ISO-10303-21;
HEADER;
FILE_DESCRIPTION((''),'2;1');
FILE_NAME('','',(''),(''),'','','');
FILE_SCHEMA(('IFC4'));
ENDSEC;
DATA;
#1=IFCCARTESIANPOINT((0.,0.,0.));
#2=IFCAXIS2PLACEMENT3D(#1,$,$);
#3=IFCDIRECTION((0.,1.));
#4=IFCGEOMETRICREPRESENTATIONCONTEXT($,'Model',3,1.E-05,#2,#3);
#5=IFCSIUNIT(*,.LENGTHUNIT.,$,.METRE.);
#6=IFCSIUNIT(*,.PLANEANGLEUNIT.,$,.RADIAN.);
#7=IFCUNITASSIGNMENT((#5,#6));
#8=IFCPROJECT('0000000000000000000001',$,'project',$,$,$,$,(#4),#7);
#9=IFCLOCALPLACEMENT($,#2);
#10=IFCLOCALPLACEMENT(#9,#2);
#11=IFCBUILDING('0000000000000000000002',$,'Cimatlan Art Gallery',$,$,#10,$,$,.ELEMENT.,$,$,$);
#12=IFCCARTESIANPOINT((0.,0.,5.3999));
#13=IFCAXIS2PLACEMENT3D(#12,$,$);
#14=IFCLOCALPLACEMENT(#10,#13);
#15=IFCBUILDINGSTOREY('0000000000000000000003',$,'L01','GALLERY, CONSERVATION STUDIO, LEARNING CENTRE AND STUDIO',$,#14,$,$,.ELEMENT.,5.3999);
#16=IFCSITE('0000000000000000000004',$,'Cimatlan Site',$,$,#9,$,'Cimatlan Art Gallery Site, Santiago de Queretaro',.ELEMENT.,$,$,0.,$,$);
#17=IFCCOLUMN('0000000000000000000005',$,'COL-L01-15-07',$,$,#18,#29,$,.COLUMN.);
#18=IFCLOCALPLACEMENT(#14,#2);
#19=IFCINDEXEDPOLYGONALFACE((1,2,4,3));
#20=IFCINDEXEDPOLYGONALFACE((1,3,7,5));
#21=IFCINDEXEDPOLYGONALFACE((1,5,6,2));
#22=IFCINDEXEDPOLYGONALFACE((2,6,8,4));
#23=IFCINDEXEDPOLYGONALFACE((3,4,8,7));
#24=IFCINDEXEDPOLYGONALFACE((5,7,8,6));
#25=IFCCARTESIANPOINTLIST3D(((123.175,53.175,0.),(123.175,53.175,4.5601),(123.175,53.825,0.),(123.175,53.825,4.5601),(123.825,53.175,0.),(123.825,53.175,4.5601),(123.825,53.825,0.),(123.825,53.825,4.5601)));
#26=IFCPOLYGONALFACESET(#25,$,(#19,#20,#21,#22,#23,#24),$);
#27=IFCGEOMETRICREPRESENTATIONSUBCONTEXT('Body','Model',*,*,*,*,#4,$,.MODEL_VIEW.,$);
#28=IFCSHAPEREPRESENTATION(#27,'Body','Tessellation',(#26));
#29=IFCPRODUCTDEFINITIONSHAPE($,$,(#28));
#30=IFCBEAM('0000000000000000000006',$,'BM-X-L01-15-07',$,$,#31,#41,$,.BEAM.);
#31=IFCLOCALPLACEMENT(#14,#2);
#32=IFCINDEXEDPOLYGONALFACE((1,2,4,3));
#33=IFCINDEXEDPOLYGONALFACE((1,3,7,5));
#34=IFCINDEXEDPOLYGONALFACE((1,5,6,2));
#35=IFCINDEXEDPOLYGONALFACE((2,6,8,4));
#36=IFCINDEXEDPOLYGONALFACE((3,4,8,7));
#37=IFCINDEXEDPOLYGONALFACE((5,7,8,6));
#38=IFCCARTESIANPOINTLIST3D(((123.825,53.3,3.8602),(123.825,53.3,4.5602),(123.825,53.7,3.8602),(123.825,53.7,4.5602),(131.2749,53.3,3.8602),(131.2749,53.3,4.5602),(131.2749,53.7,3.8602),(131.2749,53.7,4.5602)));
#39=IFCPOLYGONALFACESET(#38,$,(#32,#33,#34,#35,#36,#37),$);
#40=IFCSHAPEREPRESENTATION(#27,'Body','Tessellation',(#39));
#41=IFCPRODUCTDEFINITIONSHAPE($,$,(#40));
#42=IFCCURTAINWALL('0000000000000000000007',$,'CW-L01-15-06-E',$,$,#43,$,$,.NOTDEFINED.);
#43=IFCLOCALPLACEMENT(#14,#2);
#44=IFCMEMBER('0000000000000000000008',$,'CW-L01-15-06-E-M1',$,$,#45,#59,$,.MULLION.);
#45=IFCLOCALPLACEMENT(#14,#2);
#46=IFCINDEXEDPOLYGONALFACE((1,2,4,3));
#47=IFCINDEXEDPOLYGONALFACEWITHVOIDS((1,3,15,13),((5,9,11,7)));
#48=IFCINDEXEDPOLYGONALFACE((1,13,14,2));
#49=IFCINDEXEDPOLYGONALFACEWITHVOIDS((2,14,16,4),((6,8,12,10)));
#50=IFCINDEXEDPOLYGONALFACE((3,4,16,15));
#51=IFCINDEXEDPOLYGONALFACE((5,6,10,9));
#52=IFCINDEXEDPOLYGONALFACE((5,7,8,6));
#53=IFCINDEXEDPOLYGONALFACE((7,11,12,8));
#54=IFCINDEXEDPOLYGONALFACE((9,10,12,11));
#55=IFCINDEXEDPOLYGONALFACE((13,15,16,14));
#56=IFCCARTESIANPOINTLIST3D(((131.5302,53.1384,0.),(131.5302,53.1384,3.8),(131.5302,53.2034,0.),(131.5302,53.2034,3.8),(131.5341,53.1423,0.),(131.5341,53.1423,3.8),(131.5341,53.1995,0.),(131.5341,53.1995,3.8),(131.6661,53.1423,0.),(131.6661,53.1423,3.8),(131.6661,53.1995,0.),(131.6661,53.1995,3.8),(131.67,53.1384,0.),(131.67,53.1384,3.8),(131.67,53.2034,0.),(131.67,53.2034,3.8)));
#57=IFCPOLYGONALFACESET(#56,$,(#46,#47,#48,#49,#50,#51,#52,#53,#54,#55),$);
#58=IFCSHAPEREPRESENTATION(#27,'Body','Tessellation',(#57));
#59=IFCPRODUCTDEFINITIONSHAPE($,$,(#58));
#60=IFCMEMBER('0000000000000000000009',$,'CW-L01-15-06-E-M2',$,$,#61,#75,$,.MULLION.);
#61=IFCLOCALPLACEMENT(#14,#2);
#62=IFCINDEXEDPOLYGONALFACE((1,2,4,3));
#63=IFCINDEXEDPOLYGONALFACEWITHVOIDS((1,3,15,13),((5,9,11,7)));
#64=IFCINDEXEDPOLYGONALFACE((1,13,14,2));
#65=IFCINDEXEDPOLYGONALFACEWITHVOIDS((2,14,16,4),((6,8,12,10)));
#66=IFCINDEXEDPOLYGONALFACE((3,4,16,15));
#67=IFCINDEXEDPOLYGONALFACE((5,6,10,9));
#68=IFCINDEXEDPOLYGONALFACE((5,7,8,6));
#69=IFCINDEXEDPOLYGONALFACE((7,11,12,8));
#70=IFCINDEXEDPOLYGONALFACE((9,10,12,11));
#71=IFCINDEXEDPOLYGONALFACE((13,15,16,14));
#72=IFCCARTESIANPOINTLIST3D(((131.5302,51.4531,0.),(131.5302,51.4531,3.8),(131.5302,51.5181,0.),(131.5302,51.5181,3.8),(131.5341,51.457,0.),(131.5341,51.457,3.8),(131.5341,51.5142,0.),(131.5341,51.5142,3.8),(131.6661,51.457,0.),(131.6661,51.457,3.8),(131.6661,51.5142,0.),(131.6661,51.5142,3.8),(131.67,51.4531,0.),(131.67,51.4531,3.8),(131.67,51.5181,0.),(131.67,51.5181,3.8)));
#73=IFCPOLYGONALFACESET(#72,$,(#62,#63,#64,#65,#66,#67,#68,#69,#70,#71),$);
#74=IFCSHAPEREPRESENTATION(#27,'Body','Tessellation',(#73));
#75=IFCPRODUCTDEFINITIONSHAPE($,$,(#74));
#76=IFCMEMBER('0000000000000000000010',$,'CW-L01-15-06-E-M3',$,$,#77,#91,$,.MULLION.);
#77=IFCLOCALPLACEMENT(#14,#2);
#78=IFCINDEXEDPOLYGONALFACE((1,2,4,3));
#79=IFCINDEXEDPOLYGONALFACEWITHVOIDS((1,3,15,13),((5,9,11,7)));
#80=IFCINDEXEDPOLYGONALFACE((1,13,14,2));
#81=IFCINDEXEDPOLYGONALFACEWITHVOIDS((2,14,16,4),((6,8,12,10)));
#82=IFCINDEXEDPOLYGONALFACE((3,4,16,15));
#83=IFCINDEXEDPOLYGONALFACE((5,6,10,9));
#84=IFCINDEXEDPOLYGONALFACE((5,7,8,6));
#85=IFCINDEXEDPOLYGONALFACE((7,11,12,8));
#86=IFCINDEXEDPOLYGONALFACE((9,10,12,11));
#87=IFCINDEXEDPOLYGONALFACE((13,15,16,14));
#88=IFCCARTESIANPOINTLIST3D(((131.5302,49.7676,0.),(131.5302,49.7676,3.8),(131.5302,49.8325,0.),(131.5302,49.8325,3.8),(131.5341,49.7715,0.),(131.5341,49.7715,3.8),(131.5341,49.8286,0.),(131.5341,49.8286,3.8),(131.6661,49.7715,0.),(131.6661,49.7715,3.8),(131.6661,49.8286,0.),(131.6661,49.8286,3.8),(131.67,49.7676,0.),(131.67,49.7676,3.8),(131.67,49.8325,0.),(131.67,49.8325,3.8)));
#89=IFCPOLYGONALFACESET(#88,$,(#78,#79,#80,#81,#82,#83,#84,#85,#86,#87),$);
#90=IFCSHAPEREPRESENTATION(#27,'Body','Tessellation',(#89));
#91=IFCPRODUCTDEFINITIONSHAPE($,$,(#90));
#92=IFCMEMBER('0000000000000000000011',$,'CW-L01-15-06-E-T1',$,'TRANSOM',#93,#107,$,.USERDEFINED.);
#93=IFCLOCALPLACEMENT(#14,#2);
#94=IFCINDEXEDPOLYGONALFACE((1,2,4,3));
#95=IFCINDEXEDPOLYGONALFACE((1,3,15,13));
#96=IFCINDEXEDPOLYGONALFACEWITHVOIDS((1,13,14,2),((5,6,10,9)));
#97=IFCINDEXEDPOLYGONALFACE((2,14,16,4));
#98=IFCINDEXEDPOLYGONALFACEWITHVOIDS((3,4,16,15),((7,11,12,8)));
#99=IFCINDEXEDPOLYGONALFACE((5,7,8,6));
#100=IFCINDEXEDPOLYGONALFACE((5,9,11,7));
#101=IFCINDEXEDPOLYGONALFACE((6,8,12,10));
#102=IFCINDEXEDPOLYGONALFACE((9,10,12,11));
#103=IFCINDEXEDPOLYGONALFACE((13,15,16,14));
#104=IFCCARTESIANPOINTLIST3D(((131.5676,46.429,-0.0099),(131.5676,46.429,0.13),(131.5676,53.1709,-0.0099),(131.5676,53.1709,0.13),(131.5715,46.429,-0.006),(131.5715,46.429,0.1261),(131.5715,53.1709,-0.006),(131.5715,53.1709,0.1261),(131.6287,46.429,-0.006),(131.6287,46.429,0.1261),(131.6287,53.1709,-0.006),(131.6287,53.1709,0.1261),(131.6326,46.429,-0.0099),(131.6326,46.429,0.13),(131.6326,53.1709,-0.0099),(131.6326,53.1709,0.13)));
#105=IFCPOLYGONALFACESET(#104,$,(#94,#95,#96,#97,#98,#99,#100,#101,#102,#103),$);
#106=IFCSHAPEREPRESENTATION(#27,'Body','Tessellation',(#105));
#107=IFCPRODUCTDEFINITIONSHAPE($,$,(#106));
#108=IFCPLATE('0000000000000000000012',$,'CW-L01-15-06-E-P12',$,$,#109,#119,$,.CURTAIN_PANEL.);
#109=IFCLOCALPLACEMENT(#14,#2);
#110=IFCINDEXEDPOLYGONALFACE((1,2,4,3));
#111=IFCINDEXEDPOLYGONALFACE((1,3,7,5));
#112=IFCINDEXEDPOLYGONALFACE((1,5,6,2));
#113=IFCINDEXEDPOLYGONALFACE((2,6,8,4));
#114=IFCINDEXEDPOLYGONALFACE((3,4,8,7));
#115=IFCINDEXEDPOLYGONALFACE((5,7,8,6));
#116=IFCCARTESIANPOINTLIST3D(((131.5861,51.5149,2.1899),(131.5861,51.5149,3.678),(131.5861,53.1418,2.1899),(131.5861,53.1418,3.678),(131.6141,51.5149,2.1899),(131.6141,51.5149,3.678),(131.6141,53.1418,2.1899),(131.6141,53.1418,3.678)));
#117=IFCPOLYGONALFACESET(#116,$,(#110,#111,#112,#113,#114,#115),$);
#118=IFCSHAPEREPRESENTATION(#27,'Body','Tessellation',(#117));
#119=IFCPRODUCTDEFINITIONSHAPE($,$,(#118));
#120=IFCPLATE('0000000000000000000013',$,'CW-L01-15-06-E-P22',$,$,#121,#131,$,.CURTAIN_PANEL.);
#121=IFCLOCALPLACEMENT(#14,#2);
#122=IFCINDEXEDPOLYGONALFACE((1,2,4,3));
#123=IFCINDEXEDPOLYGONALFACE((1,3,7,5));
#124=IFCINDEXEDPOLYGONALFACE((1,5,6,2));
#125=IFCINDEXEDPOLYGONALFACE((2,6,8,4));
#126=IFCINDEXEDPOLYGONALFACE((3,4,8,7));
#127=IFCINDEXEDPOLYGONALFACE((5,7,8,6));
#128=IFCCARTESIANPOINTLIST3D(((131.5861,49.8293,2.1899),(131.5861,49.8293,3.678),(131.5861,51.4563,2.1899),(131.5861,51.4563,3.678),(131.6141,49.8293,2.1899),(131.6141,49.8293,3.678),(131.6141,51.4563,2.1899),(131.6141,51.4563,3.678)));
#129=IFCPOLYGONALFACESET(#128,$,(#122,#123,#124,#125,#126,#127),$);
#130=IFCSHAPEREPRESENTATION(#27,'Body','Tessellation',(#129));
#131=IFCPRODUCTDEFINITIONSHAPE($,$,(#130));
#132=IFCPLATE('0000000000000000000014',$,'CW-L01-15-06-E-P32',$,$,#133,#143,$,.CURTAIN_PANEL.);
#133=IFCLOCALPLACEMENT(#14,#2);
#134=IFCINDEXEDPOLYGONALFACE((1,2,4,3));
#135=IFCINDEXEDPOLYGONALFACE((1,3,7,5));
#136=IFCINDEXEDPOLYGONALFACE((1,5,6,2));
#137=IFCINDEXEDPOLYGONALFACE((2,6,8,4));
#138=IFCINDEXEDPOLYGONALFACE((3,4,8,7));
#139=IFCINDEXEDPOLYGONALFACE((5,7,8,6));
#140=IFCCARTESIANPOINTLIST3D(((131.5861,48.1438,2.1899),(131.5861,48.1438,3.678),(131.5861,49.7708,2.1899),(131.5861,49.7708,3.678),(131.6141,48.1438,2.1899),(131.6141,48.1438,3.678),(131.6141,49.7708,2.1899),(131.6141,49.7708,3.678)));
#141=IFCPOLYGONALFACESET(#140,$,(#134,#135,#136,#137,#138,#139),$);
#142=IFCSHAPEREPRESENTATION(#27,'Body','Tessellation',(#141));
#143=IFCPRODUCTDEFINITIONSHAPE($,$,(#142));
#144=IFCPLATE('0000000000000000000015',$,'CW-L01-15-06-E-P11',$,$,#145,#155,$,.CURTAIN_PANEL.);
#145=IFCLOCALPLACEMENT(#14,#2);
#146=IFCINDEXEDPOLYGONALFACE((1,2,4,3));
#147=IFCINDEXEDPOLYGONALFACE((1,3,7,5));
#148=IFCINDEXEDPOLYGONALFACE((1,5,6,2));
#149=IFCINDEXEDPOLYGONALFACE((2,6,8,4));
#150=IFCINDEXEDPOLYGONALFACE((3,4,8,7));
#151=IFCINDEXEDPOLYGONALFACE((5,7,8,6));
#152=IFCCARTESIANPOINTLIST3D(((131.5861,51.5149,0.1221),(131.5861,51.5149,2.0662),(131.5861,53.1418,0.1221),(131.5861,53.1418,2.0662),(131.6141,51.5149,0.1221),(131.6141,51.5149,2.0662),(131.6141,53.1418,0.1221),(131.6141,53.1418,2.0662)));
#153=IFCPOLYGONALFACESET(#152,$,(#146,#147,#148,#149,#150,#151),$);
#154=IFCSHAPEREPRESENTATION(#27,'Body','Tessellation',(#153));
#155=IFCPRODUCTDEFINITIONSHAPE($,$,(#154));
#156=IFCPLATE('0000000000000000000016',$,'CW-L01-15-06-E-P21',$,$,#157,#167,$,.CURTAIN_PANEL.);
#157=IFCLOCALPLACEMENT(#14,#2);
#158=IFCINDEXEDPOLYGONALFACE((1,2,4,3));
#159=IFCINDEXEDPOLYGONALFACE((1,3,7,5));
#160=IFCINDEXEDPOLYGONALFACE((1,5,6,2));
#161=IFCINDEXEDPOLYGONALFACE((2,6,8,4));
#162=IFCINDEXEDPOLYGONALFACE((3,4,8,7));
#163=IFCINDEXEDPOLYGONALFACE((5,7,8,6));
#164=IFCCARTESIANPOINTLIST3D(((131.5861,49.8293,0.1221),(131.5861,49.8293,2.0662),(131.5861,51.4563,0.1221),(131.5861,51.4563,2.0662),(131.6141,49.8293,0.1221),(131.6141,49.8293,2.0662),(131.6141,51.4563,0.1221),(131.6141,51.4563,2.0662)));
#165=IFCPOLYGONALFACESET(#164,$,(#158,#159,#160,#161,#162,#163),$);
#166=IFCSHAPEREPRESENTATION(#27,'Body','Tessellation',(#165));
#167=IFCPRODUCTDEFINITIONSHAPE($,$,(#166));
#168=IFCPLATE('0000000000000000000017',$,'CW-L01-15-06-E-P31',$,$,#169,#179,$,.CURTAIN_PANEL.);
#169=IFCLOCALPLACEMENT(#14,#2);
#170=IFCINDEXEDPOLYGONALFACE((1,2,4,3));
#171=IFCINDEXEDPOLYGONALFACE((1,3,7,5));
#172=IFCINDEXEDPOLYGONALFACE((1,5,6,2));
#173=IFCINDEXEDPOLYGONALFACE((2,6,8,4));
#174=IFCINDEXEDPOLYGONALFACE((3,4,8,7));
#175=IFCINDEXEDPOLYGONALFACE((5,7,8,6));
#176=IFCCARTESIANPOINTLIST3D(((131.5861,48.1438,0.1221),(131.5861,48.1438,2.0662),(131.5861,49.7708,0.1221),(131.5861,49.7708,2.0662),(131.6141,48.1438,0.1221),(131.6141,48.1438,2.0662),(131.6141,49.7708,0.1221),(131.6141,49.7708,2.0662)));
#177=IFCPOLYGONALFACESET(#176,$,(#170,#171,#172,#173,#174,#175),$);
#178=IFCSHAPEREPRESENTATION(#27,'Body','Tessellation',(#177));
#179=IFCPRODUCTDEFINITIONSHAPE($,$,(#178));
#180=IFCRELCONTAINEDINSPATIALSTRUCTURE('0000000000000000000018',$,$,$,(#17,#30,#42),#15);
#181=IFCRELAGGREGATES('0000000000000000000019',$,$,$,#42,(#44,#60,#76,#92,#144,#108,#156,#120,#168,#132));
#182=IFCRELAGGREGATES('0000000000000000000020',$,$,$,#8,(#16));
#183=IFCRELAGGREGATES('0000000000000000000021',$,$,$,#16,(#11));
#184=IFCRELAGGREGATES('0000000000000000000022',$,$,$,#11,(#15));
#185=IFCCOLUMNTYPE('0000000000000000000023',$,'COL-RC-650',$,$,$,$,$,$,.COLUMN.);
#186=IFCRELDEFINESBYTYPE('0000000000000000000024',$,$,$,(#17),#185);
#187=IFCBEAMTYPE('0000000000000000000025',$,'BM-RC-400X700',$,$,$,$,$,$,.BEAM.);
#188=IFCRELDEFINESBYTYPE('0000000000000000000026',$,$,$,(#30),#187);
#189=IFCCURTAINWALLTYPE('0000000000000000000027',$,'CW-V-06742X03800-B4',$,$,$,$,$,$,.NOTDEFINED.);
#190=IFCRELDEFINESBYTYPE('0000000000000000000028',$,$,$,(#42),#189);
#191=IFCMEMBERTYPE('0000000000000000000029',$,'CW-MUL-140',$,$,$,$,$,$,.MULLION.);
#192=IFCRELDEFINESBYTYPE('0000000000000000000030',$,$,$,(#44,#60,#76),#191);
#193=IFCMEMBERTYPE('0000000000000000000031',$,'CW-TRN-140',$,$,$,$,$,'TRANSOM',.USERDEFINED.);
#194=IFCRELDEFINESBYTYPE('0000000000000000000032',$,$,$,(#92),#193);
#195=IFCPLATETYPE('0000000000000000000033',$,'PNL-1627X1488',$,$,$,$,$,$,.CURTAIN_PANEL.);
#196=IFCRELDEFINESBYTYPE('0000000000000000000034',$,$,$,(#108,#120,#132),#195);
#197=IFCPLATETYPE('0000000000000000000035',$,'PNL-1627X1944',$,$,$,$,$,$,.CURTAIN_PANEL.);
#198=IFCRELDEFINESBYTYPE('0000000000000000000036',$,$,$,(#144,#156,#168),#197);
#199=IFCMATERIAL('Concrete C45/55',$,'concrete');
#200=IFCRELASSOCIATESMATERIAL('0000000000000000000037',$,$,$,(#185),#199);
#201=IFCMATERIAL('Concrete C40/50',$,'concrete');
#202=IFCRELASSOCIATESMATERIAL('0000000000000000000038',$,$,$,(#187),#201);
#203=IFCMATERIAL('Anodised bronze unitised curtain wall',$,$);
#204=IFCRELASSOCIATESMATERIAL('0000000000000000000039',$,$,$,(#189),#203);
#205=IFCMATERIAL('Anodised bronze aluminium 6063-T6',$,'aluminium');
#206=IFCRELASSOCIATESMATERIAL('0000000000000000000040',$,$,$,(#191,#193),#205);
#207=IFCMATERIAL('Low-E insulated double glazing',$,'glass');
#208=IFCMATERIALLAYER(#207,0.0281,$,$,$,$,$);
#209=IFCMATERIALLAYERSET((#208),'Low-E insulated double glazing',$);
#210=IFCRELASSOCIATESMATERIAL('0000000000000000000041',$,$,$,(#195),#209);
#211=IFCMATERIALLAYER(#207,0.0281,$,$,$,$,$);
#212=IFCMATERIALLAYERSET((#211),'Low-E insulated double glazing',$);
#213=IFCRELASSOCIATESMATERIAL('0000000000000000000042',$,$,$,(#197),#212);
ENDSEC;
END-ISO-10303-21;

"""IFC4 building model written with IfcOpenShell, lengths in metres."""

from ifc_helpers import new_model, si_unit, direction, frame, origin, origin_2d, place, context, subcontext, project, spatial, rectangle, hollow_rectangle, extrude, material, layer, layer_set, material_profile, profile_set, type_object, element, aggregate, save


model = new_model("IFC4")

# Units and contexts
model_context = context("Model", 3, precision=1e-05, world=origin(), true_north=direction((0.0, 1.0)))
body_context = subcontext(model_context, "Body", "Model", "MODEL_VIEW")
ifc_project = project(units=[si_unit("LENGTHUNIT", "METRE"), si_unit("PLANEANGLEUNIT", "RADIAN")], contexts=[model_context])

# Site, building, storey
site_placement = place(None, origin())
site = spatial("IfcSite", under=ifc_project, at=site_placement, Name="Cimatlan Site", LongName="Cimatlan Art Gallery Site, Santiago de Queretaro", CompositionType="ELEMENT", RefElevation=0.0)
building_placement = place(site_placement, origin())
building = spatial("IfcBuilding", under=site, at=building_placement, Name="Cimatlan Art Gallery", CompositionType="ELEMENT")
storey_placement = place(building_placement, frame((0.0, 0.0, 5.3999)))
storey = spatial("IfcBuildingStorey", under=building, at=storey_placement, Name="L01", Description="GALLERY, CONSERVATION STUDIO, LEARNING CENTRE AND STUDIO", CompositionType="ELEMENT", Elevation=5.3999)

# Column
ifc_material_1 = material(Name="Concrete C45/55", Category="concrete")
ifc_material_profile_1 = material_profile(ifc_material_1, rectangle(XDim=0.6499, YDim=0.6499, at=origin_2d()), Name="RC650X650")
ifc_profile_set_1 = profile_set([ifc_material_profile_1], Name="Concrete C45/55")
column_type = type_object("IfcColumnType", Name="COL-RC-650", PredefinedType="COLUMN", material=ifc_profile_set_1)
column_placement = place(storey_placement, frame((123.5, 53.5, 0.0), z_axis=(0.0, 0.0, 1.0), x_axis=(1.0, 0.0, 0.0)))
element("IfcColumn", 1, at=column_placement, inside=storey, type_object=column_type, Name="COL-L01-15-07", PredefinedType="COLUMN", context=body_context, shape_type="SweptSolid", body=[
    extrude(rectangle(XDim=0.6499, YDim=0.6499, at=origin_2d()), origin(), (0.0, 0.0, 1.0), 4.5601),
])

# Beam
ifc_material_2 = material(Name="Concrete C40/50", Category="concrete")
ifc_material_profile_2 = material_profile(ifc_material_2, rectangle(XDim=0.3999, YDim=0.7, at=origin_2d()), Name="RC400X700")
ifc_profile_set_2 = profile_set([ifc_material_profile_2], Name="Concrete C40/50")
beam_type = type_object("IfcBeamType", Name="BM-RC-400X700", PredefinedType="BEAM", material=ifc_profile_set_2)
beam_placement = place(storey_placement, frame((123.825, 53.5, 4.2102), z_axis=(1.0, 0.0, 0.0), x_axis=(0.0, 1.0, 0.0)))
element("IfcBeam", 2, at=beam_placement, inside=storey, type_object=beam_type, Name="BM-X-L01-15-07", PredefinedType="BEAM", context=body_context, shape_type="SweptSolid", body=[
    extrude(rectangle(XDim=0.3999, YDim=0.7, at=origin_2d()), origin(), (0.0, 0.0, 1.0), 7.45),
])

# Curtain wall, members, plates
ifc_material_3 = material(Name="Anodised bronze unitised curtain wall")
curtain_wall_type = type_object("IfcCurtainWallType", Name="CW-V-06742X03800-B4", PredefinedType="NOTDEFINED", material=ifc_material_3)
curtain_wall_placement = place(storey_placement, origin())
curtain_wall = element("IfcCurtainWall", 3, at=curtain_wall_placement, inside=storey, type_object=curtain_wall_type, Name="CW-L01-15-06-E", PredefinedType="NOTDEFINED")
ifc_material_4 = material(Name="Anodised bronze aluminium 6063-T6", Category="aluminium")
ifc_material_profile_3 = material_profile(ifc_material_4, hollow_rectangle(XDim=0.0649, YDim=0.1399, WallThickness=0.0039, at=origin_2d()), Name="ALU65X140X4")
ifc_profile_set_3 = profile_set([ifc_material_profile_3], Name="Anodised bronze aluminium 6063-T6")
member_type_1 = type_object("IfcMemberType", Name="CW-MUL-140", PredefinedType="MULLION", material=ifc_profile_set_3)
member_1_placement = place(storey_placement, frame((131.6001, 53.1709, 0.0), z_axis=(0.0, 0.0, 1.0), x_axis=(0.0, 1.0, 0.0)))
member_1 = element("IfcMember", 4, at=member_1_placement, type_object=member_type_1, Name="CW-L01-15-06-E-M1", PredefinedType="MULLION", context=body_context, shape_type="SweptSolid", body=[
    extrude(hollow_rectangle(XDim=0.0649, YDim=0.1399, WallThickness=0.0039, at=origin_2d()), origin(), (0.0, 0.0, 1.0), 3.8),
])
member_2_placement = place(storey_placement, frame((131.6001, 51.4856, 0.0), z_axis=(0.0, 0.0, 1.0), x_axis=(0.0, 1.0, 0.0)))
member_2 = element("IfcMember", 5, at=member_2_placement, type_object=member_type_1, Name="CW-L01-15-06-E-M2", PredefinedType="MULLION", context=body_context, shape_type="SweptSolid", body=[
    extrude(hollow_rectangle(XDim=0.0649, YDim=0.1399, WallThickness=0.0039, at=origin_2d()), origin(), (0.0, 0.0, 1.0), 3.8),
])
member_3_placement = place(storey_placement, frame((131.6001, 49.8, 0.0), z_axis=(0.0, 0.0, 1.0), x_axis=(0.0, 1.0, 0.0)))
member_3 = element("IfcMember", 6, at=member_3_placement, type_object=member_type_1, Name="CW-L01-15-06-E-M3", PredefinedType="MULLION", context=body_context, shape_type="SweptSolid", body=[
    extrude(hollow_rectangle(XDim=0.0649, YDim=0.1399, WallThickness=0.0039, at=origin_2d()), origin(), (0.0, 0.0, 1.0), 3.8),
])
ifc_material_profile_4 = material_profile(ifc_material_4, hollow_rectangle(XDim=0.0649, YDim=0.1399, WallThickness=0.0039, at=origin_2d()), Name="ALU65X140X4")
ifc_profile_set_4 = profile_set([ifc_material_profile_4], Name="Anodised bronze aluminium 6063-T6")
member_type_2 = type_object("IfcMemberType", Name="CW-TRN-140", ElementType="TRANSOM", PredefinedType="USERDEFINED", material=ifc_profile_set_4)
member_4_placement = place(storey_placement, frame((131.6001, 53.1709, 0.0601), z_axis=(0.0, -1.0, 0.0), x_axis=(1.0, 0.0, 0.0)))
member_4 = element("IfcMember", 7, at=member_4_placement, type_object=member_type_2, Name="CW-L01-15-06-E-T1", ObjectType="TRANSOM", PredefinedType="USERDEFINED", context=body_context, shape_type="SweptSolid", body=[
    extrude(hollow_rectangle(XDim=0.0649, YDim=0.1399, WallThickness=0.0039, at=origin_2d()), origin(), (0.0, 0.0, 1.0), 6.7419),
])
ifc_material_5 = material(Name="Low-E insulated double glazing", Category="glass")
ifc_layer_1 = layer(ifc_material_5, 0.0281)
ifc_layer_set_1 = layer_set([ifc_layer_1], Name="Low-E insulated double glazing")
plate_type_1 = type_object("IfcPlateType", Name="PNL-1627X1488", PredefinedType="CURTAIN_PANEL", material=ifc_layer_set_1)
plate_1_placement = place(storey_placement, frame((131.6001, 52.3284, 2.1899), z_axis=(0.0, 0.0, 1.0), x_axis=(0.0, -1.0, 0.0)))
plate_1 = element("IfcPlate", 8, at=plate_1_placement, type_object=plate_type_1, Name="CW-L01-15-06-E-P12", PredefinedType="CURTAIN_PANEL", context=body_context, shape_type="SweptSolid", body=[
    extrude(rectangle(XDim=1.627, YDim=0.0281, at=origin_2d()), origin(), (0.0, 0.0, 1.0), 1.488),
])
plate_2_placement = place(storey_placement, frame((131.6001, 50.6428, 2.1899), z_axis=(0.0, 0.0, 1.0), x_axis=(0.0, -1.0, 0.0)))
plate_2 = element("IfcPlate", 9, at=plate_2_placement, type_object=plate_type_1, Name="CW-L01-15-06-E-P22", PredefinedType="CURTAIN_PANEL", context=body_context, shape_type="SweptSolid", body=[
    extrude(rectangle(XDim=1.627, YDim=0.0281, at=origin_2d()), origin(), (0.0, 0.0, 1.0), 1.488),
])
plate_3_placement = place(storey_placement, frame((131.6001, 48.9573, 2.1899), z_axis=(0.0, 0.0, 1.0), x_axis=(0.0, -1.0, 0.0)))
plate_3 = element("IfcPlate", 10, at=plate_3_placement, type_object=plate_type_1, Name="CW-L01-15-06-E-P32", PredefinedType="CURTAIN_PANEL", context=body_context, shape_type="SweptSolid", body=[
    extrude(rectangle(XDim=1.627, YDim=0.0281, at=origin_2d()), origin(), (0.0, 0.0, 1.0), 1.488),
])
ifc_layer_2 = layer(ifc_material_5, 0.0281)
ifc_layer_set_2 = layer_set([ifc_layer_2], Name="Low-E insulated double glazing")
plate_type_2 = type_object("IfcPlateType", Name="PNL-1627X1944", PredefinedType="CURTAIN_PANEL", material=ifc_layer_set_2)
plate_4_placement = place(storey_placement, frame((131.6001, 52.3284, 0.1221), z_axis=(0.0, 0.0, 1.0), x_axis=(0.0, -1.0, 0.0)))
plate_4 = element("IfcPlate", 11, at=plate_4_placement, type_object=plate_type_2, Name="CW-L01-15-06-E-P11", PredefinedType="CURTAIN_PANEL", context=body_context, shape_type="SweptSolid", body=[
    extrude(rectangle(XDim=1.627, YDim=0.0281, at=origin_2d()), origin(), (0.0, 0.0, 1.0), 1.9441),
])
plate_5_placement = place(storey_placement, frame((131.6001, 50.6428, 0.1221), z_axis=(0.0, 0.0, 1.0), x_axis=(0.0, -1.0, 0.0)))
plate_5 = element("IfcPlate", 12, at=plate_5_placement, type_object=plate_type_2, Name="CW-L01-15-06-E-P21", PredefinedType="CURTAIN_PANEL", context=body_context, shape_type="SweptSolid", body=[
    extrude(rectangle(XDim=1.627, YDim=0.0281, at=origin_2d()), origin(), (0.0, 0.0, 1.0), 1.9441),
])
plate_6_placement = place(storey_placement, frame((131.6001, 48.9573, 0.1221), z_axis=(0.0, 0.0, 1.0), x_axis=(0.0, -1.0, 0.0)))
plate_6 = element("IfcPlate", 13, at=plate_6_placement, type_object=plate_type_2, Name="CW-L01-15-06-E-P31", PredefinedType="CURTAIN_PANEL", context=body_context, shape_type="SweptSolid", body=[
    extrude(rectangle(XDim=1.627, YDim=0.0281, at=origin_2d()), origin(), (0.0, 0.0, 1.0), 1.9441),
])
aggregate(curtain_wall, [member_1, member_2, member_3, member_4, plate_4, plate_1, plate_5, plate_2, plate_6, plate_3])

save(model, "model.ifc")
